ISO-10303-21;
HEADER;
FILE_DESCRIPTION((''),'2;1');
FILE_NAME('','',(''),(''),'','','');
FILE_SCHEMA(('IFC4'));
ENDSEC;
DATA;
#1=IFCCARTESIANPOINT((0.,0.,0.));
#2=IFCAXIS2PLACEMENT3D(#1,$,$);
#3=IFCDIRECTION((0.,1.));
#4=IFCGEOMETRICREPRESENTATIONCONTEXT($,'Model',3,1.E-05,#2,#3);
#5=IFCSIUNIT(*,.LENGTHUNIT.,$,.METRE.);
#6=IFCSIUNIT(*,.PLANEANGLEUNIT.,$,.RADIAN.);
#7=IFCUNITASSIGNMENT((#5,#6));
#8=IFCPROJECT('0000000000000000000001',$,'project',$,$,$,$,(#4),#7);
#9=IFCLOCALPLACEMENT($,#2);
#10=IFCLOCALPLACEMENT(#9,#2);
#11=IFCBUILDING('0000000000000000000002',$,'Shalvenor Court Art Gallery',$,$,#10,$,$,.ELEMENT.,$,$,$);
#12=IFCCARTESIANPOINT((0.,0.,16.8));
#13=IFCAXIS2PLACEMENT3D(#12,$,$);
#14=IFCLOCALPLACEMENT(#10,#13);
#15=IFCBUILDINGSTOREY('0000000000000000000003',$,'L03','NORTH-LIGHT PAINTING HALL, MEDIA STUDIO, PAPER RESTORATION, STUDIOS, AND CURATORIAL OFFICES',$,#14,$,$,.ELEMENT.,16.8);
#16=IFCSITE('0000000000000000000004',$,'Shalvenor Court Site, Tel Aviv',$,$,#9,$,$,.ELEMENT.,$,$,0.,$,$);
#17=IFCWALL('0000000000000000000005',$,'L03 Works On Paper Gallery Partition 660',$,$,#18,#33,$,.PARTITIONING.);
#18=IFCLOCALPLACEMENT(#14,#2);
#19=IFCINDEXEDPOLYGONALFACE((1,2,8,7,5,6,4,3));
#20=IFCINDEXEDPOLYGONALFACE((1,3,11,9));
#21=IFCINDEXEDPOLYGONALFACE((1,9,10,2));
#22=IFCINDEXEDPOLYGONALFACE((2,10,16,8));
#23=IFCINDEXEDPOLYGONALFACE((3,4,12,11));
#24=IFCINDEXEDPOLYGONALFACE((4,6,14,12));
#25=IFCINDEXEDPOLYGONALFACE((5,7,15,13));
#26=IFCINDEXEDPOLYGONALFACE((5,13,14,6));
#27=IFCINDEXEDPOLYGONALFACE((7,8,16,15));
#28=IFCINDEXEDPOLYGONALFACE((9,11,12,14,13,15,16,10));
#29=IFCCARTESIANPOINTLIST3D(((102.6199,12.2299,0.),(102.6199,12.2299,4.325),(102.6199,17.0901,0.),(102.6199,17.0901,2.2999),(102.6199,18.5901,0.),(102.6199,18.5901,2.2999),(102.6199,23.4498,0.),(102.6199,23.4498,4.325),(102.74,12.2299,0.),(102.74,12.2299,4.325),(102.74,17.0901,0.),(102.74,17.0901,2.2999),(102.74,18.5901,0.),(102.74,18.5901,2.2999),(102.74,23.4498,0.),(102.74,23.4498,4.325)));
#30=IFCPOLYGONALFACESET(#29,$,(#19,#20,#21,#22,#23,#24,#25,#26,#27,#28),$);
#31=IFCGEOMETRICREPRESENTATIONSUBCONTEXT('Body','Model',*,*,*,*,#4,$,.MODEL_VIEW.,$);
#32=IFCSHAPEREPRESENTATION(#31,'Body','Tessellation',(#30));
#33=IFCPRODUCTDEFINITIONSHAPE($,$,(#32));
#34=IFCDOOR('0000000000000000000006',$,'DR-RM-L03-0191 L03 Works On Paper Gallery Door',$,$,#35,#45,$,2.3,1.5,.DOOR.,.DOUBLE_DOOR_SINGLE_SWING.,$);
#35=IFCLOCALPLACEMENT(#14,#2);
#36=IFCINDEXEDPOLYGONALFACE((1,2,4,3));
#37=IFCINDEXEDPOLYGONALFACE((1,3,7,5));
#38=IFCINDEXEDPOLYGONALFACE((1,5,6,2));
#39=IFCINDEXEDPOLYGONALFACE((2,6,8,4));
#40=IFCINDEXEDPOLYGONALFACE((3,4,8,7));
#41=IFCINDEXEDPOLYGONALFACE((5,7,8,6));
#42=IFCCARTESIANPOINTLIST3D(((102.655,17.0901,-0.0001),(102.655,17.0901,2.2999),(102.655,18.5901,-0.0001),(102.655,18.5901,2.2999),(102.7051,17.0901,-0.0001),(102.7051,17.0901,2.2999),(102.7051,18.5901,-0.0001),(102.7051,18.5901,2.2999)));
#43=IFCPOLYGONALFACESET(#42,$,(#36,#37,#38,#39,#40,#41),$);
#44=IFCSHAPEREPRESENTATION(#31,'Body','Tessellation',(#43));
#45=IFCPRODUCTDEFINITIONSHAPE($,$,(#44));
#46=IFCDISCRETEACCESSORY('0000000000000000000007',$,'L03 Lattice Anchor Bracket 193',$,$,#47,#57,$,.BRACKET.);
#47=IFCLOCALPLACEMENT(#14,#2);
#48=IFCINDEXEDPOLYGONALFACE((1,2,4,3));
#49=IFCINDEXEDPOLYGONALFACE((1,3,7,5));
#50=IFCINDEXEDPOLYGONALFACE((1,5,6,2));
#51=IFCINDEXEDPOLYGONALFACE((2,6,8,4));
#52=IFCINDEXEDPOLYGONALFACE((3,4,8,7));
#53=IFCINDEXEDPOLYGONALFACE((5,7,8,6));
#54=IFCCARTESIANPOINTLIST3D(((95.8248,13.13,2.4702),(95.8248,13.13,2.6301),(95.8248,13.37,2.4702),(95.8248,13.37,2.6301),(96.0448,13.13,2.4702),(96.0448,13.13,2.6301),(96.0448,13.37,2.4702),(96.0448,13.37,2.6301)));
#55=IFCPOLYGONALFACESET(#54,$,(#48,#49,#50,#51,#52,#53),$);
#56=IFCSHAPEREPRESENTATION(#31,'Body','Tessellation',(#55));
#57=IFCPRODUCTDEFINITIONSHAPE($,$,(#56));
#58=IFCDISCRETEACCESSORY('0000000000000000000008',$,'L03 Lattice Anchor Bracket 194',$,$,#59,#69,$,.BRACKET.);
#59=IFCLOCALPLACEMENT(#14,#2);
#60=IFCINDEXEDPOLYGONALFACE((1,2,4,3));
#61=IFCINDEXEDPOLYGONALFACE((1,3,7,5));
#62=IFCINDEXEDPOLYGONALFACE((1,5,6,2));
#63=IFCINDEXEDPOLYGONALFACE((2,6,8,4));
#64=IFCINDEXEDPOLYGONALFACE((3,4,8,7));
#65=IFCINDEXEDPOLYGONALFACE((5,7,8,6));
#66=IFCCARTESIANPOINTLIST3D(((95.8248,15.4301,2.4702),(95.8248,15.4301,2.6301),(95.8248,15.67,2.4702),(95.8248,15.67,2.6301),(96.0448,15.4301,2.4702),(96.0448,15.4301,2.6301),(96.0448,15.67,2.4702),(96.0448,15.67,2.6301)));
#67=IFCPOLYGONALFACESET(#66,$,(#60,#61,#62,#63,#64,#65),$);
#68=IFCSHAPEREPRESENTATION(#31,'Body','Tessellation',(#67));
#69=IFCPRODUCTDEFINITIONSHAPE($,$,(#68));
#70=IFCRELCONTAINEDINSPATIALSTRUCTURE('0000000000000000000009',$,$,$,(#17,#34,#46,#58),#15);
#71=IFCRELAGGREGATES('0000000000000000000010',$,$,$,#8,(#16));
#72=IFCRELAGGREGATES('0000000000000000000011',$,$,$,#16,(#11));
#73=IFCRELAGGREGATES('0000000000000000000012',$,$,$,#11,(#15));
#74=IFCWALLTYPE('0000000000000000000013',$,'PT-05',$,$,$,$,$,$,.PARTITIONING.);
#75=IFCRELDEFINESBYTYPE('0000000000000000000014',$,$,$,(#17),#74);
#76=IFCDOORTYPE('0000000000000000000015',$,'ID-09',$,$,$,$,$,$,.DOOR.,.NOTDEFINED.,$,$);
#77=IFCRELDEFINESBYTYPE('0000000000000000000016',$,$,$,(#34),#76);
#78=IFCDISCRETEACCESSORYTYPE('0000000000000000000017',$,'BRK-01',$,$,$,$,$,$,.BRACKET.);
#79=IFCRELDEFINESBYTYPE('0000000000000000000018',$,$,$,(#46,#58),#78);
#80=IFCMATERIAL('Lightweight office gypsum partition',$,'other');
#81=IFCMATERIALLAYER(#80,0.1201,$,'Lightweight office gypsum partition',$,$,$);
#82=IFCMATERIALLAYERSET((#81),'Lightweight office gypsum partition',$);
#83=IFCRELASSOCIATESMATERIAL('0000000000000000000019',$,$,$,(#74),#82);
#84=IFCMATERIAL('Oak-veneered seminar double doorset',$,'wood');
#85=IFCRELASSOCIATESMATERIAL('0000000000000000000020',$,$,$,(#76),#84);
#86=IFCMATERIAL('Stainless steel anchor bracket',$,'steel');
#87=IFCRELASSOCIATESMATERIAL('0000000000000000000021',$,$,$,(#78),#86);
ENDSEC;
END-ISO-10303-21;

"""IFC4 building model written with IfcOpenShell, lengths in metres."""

from ifc_helpers import new_model, si_unit, direction, frame, frame_2d, origin, origin_2d, place, context, subcontext, project, spatial, rectangle, extrude, material, layer, layer_set, type_object, element, fill, save


model = new_model("IFC4")

# Units and contexts
model_context = context("Model", 3, precision=1e-05, world=origin(), true_north=direction((0.0, 1.0)))
body_context = subcontext(model_context, "Body", "Model", "MODEL_VIEW")
ifc_project = project(units=[si_unit("LENGTHUNIT", "METRE"), si_unit("PLANEANGLEUNIT", "RADIAN")], contexts=[model_context])

# Site, building, storey
site_placement = place(None, origin())
site = spatial("IfcSite", under=ifc_project, at=site_placement, Name="Shalvenor Court Site, Tel Aviv", CompositionType="ELEMENT", RefElevation=0.0)
building_placement = place(site_placement, origin())
building = spatial("IfcBuilding", under=site, at=building_placement, Name="Shalvenor Court Art Gallery", CompositionType="ELEMENT")
storey_placement = place(building_placement, frame((0.0, 0.0, 16.8)))
storey = spatial("IfcBuildingStorey", under=building, at=storey_placement, Name="L03", Description="NORTH-LIGHT PAINTING HALL, MEDIA STUDIO, PAPER RESTORATION, STUDIOS, AND CURATORIAL OFFICES", CompositionType="ELEMENT", Elevation=16.8)

# Wall, opening, door
ifc_material_1 = material(Name="Lightweight office gypsum partition", Category="other")
ifc_layer_1 = layer(ifc_material_1, 0.1201, Name="Lightweight office gypsum partition")
ifc_layer_set_1 = layer_set([ifc_layer_1], Name="Lightweight office gypsum partition")
wall_type_1 = type_object("IfcWallType", Name="PT-05", PredefinedType="PARTITIONING", material=ifc_layer_set_1)
wall_1_placement = place(storey_placement, frame((102.6799, 12.23, 0.0), z_axis=(0.0, 0.0, 1.0), x_axis=(0.0, 1.0, 0.0)))
wall_1 = element("IfcWall", 1, at=wall_1_placement, inside=storey, type_object=wall_type_1, Name="L03 Works On Paper Gallery Partition 660", PredefinedType="PARTITIONING", context=body_context, shape_type="SweptSolid", body=[
    extrude(rectangle(XDim=11.22, YDim=0.1201, at=frame_2d((5.6099, 0.0))), origin(), (0.0, 0.0, 1.0), 4.325),
])
opening_1_placement = place(wall_1_placement, frame((4.8601, 0.0, 0.0)))
opening_1 = element("IfcOpeningElement", 2, at=opening_1_placement, cuts=wall_1, PredefinedType="OPENING", context=body_context, shape_type="SweptSolid", body=[
    extrude(rectangle(XDim=1.5, YDim=2.3, at=frame_2d((0.75, 1.1499))), frame((0.0, 0.0701, 0.0), z_axis=(0.0, -1.0, 0.0), x_axis=(1.0, 0.0, 0.0)), (0.0, 0.0, 1.0), 0.1401),
])
ifc_material_2 = material(Name="Oak-veneered seminar double doorset", Category="wood")
door_type_1 = type_object("IfcDoorType", Name="ID-09", OperationType="NOTDEFINED", PredefinedType="DOOR", material=ifc_material_2)
door_1_placement = place(opening_1_placement, origin())
door_1 = element("IfcDoor", 3, at=door_1_placement, inside=storey, type_object=door_type_1, Name="DR-RM-L03-0191 L03 Works On Paper Gallery Door", OperationType="DOUBLE_DOOR_SINGLE_SWING", OverallHeight=2.3, OverallWidth=1.5, PredefinedType="DOOR", context=body_context, shape_type="SweptSolid", body=[
    extrude(rectangle(XDim=1.5, YDim=2.3, at=frame_2d((0.75, 1.1499))), frame((0.0, 0.0249, 0.0), z_axis=(0.0, -1.0, 0.0), x_axis=(1.0, 0.0, 0.0)), (0.0, 0.0, 1.0), 0.05),
])
fill(opening_1, door_1)

# Discrete accessories
ifc_material_3 = material(Name="Stainless steel anchor bracket", Category="steel")
discrete_accessory_type = type_object("IfcDiscreteAccessoryType", Name="BRK-01", PredefinedType="BRACKET", material=ifc_material_3)
for number, where, z_axis, x_axis, name in (
    (4, (95.9348, 13.25, 2.4702), (0.0, 0.0, 1.0), (0.0, 1.0, 0.0), "L03 Lattice Anchor Bracket 193"),
    (5, (95.9348, 15.55, 2.4702), (0.0, 0.0, 1.0), (0.0, 1.0, 0.0), "L03 Lattice Anchor Bracket 194"),
):
    element("IfcDiscreteAccessory", number, at=place(storey_placement, frame(where, z_axis=z_axis, x_axis=x_axis)), inside=storey, type_object=discrete_accessory_type, Name=name, PredefinedType="BRACKET", context=body_context, shape_type="SweptSolid", body=[
        extrude(rectangle(XDim=0.24, YDim=0.22, at=origin_2d()), origin(), (0.0, 0.0, 1.0), 0.1599),
    ])

save(model, "model.ifc")
